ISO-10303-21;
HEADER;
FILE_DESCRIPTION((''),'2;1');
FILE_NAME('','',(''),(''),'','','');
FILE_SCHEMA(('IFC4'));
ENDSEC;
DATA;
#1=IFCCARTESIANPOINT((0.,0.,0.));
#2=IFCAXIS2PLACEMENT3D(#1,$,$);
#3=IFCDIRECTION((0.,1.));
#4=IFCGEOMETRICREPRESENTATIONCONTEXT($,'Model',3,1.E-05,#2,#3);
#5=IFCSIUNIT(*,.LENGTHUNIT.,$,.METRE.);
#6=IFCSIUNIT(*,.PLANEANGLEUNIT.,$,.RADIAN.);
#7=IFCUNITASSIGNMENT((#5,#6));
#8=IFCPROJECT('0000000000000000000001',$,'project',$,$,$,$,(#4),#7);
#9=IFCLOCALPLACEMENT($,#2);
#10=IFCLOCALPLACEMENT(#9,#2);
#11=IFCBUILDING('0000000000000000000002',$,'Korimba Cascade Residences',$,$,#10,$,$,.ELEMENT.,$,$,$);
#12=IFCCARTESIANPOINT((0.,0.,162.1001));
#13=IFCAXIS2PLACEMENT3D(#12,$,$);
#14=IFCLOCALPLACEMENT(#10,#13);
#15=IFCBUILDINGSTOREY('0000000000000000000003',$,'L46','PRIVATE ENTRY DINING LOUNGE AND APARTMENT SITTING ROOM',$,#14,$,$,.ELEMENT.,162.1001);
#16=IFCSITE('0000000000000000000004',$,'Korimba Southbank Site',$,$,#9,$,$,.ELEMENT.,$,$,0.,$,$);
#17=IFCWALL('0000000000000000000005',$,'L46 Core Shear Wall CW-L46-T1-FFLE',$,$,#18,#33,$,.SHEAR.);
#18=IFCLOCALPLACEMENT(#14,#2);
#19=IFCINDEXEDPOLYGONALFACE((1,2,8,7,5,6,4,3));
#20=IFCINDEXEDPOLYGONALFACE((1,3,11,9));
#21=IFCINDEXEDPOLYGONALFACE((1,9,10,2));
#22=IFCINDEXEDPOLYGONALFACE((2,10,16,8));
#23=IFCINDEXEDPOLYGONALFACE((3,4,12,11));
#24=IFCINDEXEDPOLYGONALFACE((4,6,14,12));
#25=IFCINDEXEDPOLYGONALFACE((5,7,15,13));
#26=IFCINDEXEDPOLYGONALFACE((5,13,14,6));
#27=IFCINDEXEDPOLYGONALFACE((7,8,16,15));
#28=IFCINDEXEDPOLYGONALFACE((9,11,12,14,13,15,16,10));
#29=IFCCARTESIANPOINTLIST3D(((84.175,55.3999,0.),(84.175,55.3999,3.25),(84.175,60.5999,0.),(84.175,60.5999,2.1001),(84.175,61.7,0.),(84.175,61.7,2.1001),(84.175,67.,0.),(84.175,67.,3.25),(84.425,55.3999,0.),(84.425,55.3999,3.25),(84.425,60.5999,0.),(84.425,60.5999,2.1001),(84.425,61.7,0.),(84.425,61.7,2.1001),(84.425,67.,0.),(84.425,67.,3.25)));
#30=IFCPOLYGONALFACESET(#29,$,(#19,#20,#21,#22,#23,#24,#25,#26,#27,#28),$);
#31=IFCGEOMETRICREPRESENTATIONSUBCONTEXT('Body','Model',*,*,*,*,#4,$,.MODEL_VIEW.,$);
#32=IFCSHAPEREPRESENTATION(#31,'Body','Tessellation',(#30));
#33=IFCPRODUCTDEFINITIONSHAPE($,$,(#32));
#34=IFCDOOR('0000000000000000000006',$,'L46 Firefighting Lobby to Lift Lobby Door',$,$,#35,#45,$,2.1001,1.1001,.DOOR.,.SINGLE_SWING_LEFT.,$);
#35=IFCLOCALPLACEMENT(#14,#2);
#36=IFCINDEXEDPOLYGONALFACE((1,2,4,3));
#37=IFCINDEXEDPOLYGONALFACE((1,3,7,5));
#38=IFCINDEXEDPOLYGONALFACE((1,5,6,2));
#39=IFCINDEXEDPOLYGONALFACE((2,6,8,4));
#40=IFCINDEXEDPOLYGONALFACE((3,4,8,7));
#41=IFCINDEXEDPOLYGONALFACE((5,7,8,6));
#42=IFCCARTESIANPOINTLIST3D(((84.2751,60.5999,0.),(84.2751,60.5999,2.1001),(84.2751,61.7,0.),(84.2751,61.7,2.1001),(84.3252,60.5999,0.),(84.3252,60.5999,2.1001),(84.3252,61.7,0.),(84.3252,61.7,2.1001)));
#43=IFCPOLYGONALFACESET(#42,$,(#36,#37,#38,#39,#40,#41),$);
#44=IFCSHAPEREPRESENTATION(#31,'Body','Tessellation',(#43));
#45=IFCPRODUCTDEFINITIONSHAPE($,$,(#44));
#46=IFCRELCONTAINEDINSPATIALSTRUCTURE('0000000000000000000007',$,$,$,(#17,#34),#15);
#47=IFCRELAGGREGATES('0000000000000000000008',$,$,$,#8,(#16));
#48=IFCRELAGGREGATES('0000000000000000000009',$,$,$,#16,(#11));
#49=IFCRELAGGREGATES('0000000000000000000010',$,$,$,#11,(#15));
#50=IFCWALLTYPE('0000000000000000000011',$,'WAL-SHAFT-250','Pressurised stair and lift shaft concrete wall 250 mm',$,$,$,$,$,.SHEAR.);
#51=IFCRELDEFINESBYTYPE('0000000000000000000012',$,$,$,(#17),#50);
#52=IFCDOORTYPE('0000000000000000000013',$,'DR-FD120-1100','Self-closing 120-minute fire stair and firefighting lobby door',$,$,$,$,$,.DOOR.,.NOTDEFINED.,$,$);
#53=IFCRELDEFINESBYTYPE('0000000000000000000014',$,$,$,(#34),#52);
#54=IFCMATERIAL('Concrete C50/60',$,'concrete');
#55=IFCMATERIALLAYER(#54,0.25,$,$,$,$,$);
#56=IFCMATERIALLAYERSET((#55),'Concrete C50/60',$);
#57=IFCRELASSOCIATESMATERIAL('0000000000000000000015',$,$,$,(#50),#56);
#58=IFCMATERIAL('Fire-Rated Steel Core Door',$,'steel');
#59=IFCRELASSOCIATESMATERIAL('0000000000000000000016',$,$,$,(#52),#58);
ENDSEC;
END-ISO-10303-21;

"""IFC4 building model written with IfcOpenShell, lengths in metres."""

from ifc_helpers import new_model, si_unit, direction, frame, frame_2d, origin, place, context, subcontext, project, spatial, rectangle, extrude, material, layer, layer_set, type_object, element, fill, save


model = new_model("IFC4")

# Units and contexts
model_context = context("Model", 3, precision=1e-05, world=origin(), true_north=direction((0.0, 1.0)))
body_context = subcontext(model_context, "Body", "Model", "MODEL_VIEW")
ifc_project = project(units=[si_unit("LENGTHUNIT", "METRE"), si_unit("PLANEANGLEUNIT", "RADIAN")], contexts=[model_context])

# Site, building, storey
site_placement = place(None, origin())
site = spatial("IfcSite", under=ifc_project, at=site_placement, Name="Korimba Southbank Site", CompositionType="ELEMENT", RefElevation=0.0)
building_placement = place(site_placement, origin())
building = spatial("IfcBuilding", under=site, at=building_placement, Name="Korimba Cascade Residences", CompositionType="ELEMENT")
storey_placement = place(building_placement, frame((0.0, 0.0, 162.1001)))
storey = spatial("IfcBuildingStorey", under=building, at=storey_placement, Name="L46", Description="PRIVATE ENTRY DINING LOUNGE AND APARTMENT SITTING ROOM", CompositionType="ELEMENT", Elevation=162.1001)

# Shared definitions
ifc_material_1 = material(Name="Concrete C50/60", Category="concrete")
ifc_layer_1 = layer(ifc_material_1, 0.25)
ifc_layer_set_1 = layer_set([ifc_layer_1], Name="Concrete C50/60")
wall_type_1 = type_object("IfcWallType", Name="WAL-SHAFT-250", Description="Pressurised stair and lift shaft concrete wall 250 mm", PredefinedType="SHEAR", material=ifc_layer_set_1)
ifc_material_2 = material(Name="Fire-Rated Steel Core Door", Category="steel")
door_type_1 = type_object("IfcDoorType", Name="DR-FD120-1100", Description="Self-closing 120-minute fire stair and firefighting lobby door", OperationType="NOTDEFINED", PredefinedType="DOOR", material=ifc_material_2)

# Wall, opening, door
wall_1_placement = place(storey_placement, frame((84.3, 55.3999, 0.0), z_axis=(0.0, 0.0, 1.0), x_axis=(0.0, 1.0, 0.0)))
wall_1 = element("IfcWall", 1, at=wall_1_placement, inside=storey, type_object=wall_type_1, Name="L46 Core Shear Wall CW-L46-T1-FFLE", PredefinedType="SHEAR", context=body_context, shape_type="SweptSolid", body=[
    extrude(rectangle(XDim=11.6001, YDim=0.25, at=frame_2d((5.8, 0.0))), origin(), (0.0, 0.0, 1.0), 3.25),
])
opening_1_placement = place(wall_1_placement, frame((5.2, 0.0, 0.0)))
opening_1 = element("IfcOpeningElement", 2, at=opening_1_placement, cuts=wall_1, PredefinedType="OPENING", context=body_context, shape_type="SweptSolid", body=[
    extrude(rectangle(XDim=1.1001, YDim=2.1001, at=frame_2d((0.55, 1.05))), frame((0.0, 0.135, 0.0), z_axis=(0.0, -1.0, 0.0), x_axis=(1.0, 0.0, 0.0)), (0.0, 0.0, 1.0), 0.27),
])
door_1_placement = place(opening_1_placement, origin())
door_1 = element("IfcDoor", 3, at=door_1_placement, inside=storey, type_object=door_type_1, Name="L46 Firefighting Lobby to Lift Lobby Door", OperationType="SINGLE_SWING_LEFT", OverallHeight=2.1001, OverallWidth=1.1001, PredefinedType="DOOR", context=body_context, shape_type="SweptSolid", body=[
    extrude(rectangle(XDim=1.1001, YDim=2.1001, at=frame_2d((0.55, 1.05))), frame((0.0, 0.0249, 0.0), z_axis=(0.0, -1.0, 0.0), x_axis=(1.0, 0.0, 0.0)), (0.0, 0.0, 1.0), 0.05),
])
fill(opening_1, door_1)

save(model, "model.ifc")
